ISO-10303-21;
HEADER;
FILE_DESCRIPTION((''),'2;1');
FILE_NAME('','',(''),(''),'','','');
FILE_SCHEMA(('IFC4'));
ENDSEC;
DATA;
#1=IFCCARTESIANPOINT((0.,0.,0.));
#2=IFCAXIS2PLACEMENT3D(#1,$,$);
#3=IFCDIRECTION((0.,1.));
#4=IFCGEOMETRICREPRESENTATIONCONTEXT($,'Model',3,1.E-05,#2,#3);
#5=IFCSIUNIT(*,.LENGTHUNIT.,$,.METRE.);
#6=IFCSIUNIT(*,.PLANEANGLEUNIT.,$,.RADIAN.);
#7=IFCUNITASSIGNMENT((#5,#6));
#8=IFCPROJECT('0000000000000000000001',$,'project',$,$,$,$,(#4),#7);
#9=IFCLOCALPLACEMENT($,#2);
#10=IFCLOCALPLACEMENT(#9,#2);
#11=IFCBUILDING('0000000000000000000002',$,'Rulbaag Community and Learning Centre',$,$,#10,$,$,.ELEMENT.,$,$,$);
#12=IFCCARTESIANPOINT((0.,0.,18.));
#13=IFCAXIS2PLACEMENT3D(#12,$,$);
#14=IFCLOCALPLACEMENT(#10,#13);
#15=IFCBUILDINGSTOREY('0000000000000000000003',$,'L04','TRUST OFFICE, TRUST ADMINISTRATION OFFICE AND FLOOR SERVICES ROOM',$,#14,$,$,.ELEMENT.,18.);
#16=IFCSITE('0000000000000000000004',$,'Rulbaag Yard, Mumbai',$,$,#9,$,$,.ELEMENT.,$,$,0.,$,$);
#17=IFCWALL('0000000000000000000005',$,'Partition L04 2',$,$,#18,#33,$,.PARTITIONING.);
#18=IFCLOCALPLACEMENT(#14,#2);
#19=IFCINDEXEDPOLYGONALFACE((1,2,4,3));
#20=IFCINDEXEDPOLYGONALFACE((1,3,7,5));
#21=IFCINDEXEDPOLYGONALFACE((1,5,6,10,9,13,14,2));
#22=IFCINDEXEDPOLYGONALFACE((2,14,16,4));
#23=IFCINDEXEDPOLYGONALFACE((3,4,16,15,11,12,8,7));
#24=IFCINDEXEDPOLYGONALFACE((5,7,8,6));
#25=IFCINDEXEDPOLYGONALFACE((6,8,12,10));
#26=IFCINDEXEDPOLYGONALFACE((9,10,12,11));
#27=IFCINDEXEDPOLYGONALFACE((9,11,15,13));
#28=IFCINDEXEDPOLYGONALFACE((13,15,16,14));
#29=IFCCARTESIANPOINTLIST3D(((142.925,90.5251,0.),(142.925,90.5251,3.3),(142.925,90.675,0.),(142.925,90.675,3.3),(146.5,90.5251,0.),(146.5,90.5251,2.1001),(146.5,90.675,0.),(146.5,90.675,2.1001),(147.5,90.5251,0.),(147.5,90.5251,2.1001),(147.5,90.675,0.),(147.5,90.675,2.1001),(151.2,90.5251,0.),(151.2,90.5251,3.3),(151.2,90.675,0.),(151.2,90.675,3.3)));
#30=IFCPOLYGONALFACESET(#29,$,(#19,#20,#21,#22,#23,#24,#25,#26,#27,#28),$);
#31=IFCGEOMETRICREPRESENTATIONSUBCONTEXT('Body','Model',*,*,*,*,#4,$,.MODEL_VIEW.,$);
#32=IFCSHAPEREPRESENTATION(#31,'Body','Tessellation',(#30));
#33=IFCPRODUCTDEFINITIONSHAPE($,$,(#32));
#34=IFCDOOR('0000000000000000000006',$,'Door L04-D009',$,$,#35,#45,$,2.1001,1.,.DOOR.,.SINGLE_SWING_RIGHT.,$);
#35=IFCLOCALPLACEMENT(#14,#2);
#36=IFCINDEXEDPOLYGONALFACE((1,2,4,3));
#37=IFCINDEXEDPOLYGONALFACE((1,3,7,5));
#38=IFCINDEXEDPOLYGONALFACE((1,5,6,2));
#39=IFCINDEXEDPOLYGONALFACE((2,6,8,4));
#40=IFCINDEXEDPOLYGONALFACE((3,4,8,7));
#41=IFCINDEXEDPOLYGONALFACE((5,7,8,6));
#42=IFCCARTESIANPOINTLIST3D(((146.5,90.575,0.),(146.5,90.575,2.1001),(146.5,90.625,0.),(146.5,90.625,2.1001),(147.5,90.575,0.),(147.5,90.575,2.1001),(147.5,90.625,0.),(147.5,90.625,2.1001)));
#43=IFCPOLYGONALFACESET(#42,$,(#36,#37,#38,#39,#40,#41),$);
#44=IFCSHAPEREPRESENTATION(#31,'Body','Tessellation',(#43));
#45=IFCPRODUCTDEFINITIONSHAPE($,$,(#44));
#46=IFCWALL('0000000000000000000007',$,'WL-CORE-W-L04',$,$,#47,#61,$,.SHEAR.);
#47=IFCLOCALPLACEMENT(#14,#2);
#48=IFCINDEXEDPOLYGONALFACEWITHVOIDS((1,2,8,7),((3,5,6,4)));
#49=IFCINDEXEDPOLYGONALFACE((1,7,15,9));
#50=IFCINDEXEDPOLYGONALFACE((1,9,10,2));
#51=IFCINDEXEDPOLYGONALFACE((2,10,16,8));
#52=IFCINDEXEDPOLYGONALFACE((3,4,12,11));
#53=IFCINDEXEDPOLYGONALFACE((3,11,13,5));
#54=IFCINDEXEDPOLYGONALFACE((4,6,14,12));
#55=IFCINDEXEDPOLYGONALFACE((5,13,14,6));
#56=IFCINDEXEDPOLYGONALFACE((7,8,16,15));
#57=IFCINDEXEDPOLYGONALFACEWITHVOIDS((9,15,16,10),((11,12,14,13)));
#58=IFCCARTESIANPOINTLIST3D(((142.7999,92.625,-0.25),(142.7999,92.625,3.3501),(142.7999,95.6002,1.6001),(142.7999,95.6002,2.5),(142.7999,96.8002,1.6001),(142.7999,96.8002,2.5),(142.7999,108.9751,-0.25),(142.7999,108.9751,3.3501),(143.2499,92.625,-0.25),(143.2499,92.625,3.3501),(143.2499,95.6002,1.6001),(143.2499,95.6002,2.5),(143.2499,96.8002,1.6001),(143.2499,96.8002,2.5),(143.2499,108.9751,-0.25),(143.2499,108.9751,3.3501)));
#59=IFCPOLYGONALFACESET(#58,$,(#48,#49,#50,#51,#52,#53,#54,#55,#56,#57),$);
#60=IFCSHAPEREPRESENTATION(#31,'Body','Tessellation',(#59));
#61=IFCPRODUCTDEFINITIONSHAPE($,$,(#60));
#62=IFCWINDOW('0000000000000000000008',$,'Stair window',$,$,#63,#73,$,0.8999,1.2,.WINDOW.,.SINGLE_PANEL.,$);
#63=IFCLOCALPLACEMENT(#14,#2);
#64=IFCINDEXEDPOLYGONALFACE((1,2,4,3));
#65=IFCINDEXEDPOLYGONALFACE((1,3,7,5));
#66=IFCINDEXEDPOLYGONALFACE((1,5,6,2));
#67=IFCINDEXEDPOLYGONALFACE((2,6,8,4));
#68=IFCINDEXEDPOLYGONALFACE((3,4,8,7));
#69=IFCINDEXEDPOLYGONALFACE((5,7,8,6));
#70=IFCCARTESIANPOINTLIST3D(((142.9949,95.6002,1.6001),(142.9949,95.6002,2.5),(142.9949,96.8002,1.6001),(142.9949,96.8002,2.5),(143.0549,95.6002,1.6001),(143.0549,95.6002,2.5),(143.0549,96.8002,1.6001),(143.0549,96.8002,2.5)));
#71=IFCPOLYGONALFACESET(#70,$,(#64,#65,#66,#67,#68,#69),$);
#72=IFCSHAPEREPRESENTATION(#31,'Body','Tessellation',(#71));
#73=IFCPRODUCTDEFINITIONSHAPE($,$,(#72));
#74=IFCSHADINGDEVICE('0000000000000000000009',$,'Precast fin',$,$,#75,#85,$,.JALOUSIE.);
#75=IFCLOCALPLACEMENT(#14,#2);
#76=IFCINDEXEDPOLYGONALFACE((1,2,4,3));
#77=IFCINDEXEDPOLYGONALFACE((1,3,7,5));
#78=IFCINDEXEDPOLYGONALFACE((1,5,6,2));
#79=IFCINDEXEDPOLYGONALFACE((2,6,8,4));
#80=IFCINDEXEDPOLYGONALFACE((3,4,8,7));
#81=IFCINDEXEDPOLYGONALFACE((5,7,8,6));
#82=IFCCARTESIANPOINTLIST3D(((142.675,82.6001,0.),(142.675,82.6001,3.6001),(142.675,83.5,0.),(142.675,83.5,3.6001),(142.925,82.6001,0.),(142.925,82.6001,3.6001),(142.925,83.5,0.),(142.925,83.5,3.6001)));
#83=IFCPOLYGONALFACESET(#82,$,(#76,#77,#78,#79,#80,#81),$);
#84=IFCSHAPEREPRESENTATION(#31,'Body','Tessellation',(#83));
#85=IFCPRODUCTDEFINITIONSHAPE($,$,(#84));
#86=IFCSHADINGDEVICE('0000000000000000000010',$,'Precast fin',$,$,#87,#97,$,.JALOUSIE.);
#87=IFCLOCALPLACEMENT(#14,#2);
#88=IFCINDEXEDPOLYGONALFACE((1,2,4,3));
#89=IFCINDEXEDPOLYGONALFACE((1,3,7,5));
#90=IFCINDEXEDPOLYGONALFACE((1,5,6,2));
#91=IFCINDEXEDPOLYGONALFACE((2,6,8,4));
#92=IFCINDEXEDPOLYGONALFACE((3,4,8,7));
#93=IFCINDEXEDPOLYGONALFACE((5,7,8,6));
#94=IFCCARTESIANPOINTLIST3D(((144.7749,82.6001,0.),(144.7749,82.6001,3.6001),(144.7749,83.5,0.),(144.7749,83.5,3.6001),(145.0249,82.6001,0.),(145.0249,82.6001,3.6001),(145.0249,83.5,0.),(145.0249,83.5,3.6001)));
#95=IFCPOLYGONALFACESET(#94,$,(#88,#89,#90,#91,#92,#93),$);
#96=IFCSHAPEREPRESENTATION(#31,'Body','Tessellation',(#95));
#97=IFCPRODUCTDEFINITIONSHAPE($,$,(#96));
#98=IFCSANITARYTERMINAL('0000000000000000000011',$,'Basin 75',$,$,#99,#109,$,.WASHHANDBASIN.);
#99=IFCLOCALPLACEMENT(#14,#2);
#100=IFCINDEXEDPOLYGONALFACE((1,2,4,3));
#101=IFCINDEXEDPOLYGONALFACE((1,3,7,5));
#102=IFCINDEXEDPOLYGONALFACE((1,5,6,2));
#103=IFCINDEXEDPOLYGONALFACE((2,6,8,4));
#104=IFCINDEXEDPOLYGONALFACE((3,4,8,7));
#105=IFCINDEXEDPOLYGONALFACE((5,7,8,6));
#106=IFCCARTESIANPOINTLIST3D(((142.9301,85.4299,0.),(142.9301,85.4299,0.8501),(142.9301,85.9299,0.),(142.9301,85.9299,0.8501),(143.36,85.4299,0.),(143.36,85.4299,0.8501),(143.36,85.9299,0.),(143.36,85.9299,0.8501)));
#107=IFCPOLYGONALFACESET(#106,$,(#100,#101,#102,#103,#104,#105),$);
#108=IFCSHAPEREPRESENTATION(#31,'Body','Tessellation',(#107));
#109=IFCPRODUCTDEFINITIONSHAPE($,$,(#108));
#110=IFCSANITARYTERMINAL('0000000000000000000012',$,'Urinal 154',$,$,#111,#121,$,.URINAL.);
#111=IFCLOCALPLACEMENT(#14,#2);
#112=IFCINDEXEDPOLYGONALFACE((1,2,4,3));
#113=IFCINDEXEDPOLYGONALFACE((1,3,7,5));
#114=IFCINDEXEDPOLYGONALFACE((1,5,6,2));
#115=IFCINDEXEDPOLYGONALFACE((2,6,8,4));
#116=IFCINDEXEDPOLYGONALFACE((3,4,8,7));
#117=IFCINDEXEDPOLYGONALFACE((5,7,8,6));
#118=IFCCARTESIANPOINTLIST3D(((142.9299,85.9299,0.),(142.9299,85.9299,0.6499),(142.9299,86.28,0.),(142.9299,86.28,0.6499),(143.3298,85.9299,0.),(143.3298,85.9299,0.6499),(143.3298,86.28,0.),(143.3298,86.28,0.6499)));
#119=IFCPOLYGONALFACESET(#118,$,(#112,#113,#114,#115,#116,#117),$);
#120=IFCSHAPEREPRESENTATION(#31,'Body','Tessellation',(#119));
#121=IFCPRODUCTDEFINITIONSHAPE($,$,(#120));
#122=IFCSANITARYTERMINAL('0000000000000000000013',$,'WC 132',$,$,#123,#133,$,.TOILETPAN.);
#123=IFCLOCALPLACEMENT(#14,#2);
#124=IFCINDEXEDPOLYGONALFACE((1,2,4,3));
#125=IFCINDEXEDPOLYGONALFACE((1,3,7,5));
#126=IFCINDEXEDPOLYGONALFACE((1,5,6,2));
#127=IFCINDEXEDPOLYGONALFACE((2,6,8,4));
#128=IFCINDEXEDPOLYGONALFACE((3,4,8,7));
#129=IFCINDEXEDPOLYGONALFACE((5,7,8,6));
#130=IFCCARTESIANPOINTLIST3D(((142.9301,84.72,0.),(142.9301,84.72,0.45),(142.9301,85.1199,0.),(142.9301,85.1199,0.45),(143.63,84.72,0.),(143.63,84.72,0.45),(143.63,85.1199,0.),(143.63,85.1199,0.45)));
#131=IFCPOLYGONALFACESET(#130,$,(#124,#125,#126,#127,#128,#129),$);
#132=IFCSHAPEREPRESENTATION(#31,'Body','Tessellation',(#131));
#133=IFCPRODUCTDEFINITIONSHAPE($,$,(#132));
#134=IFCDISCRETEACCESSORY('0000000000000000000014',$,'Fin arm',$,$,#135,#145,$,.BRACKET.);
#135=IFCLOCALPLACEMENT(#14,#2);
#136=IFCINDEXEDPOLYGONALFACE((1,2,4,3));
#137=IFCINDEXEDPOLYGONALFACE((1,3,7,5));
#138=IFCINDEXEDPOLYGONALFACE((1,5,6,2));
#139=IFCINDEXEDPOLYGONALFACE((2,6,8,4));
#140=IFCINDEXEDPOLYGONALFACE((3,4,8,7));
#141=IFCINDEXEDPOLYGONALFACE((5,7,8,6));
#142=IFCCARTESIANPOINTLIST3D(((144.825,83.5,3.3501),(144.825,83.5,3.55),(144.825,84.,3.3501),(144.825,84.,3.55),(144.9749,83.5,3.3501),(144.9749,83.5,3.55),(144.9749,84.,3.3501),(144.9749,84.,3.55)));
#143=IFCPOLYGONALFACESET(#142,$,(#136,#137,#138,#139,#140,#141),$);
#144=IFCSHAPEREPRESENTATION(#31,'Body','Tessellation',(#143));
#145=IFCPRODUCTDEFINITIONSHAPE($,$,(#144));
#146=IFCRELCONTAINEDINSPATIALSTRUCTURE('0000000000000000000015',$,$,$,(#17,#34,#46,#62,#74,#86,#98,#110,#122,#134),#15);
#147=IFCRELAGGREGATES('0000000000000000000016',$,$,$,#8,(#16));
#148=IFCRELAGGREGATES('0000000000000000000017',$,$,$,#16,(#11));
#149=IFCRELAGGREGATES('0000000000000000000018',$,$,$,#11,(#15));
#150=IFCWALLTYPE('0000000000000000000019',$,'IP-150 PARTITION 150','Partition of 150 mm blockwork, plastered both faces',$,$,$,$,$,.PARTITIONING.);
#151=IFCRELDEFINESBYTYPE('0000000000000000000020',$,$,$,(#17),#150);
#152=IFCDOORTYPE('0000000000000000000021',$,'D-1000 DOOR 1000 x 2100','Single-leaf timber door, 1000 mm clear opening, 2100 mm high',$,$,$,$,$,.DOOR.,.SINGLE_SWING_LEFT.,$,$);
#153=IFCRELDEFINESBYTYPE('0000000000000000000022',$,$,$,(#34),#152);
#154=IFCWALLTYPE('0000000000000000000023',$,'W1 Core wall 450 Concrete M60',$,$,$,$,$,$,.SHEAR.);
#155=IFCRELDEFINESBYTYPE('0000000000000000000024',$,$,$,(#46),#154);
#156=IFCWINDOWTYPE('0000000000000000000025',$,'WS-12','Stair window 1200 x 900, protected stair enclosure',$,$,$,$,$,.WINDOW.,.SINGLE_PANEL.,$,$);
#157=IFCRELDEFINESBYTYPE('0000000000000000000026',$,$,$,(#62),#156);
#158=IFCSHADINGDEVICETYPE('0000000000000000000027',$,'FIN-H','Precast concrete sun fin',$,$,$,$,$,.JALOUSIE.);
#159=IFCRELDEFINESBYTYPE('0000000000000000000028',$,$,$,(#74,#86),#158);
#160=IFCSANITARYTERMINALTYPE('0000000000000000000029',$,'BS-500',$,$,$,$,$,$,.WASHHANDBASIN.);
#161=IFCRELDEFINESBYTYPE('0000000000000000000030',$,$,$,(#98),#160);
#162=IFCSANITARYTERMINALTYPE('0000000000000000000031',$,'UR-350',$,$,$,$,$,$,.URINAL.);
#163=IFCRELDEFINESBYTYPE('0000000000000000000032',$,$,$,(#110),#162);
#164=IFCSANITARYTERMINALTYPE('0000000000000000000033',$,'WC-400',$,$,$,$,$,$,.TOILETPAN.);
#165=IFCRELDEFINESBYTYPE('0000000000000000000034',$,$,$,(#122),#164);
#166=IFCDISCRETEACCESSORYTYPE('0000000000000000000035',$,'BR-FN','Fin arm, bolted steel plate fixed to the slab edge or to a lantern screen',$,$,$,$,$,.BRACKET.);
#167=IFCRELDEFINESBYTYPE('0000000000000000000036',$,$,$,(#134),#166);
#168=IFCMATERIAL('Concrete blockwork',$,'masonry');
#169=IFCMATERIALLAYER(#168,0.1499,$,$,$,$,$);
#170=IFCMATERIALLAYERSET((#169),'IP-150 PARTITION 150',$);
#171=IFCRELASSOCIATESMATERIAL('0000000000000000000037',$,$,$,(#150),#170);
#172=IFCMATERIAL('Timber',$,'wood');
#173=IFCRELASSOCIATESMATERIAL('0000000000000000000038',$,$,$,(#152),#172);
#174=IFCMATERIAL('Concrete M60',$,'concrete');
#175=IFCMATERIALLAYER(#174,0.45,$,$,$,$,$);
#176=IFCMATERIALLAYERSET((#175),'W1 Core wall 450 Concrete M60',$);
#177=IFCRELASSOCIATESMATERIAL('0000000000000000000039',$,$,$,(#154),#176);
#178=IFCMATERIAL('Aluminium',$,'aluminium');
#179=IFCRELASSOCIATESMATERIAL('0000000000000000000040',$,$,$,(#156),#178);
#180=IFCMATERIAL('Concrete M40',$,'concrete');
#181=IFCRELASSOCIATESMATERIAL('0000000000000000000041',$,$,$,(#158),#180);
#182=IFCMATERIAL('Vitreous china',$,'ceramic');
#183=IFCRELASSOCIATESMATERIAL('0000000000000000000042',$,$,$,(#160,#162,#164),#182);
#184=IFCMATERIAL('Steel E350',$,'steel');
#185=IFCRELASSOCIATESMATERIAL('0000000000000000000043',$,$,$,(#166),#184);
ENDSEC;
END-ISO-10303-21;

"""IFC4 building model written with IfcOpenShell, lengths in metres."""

from ifc_helpers import new_model, si_unit, direction, frame, frame_2d, origin, origin_2d, place, context, subcontext, project, spatial, rectangle, extrude, material, layer, layer_set, material_profile, profile_set, type_object, element, fill, save


model = new_model("IFC4")

# Units and contexts
model_context = context("Model", 3, precision=1e-05, world=origin(), true_north=direction((0.0, 1.0)))
body_context = subcontext(model_context, "Body", "Model", "MODEL_VIEW")
ifc_project = project(units=[si_unit("LENGTHUNIT", "METRE"), si_unit("PLANEANGLEUNIT", "RADIAN")], contexts=[model_context])

# Site, building, storey
site_placement = place(None, origin())
site = spatial("IfcSite", under=ifc_project, at=site_placement, Name="Rulbaag Yard, Mumbai", CompositionType="ELEMENT", RefElevation=0.0)
building_placement = place(site_placement, origin())
building = spatial("IfcBuilding", under=site, at=building_placement, Name="Rulbaag Community and Learning Centre", CompositionType="ELEMENT")
storey_placement = place(building_placement, frame((0.0, 0.0, 18.0)))
storey = spatial("IfcBuildingStorey", under=building, at=storey_placement, Name="L04", Description="TRUST OFFICE, TRUST ADMINISTRATION OFFICE AND FLOOR SERVICES ROOM", CompositionType="ELEMENT", Elevation=18.0)

# Shared definitions
ifc_material_1 = material(Name="Concrete M40", Category="concrete")

# Shared definitions
ifc_material_2 = material(Name="Concrete blockwork", Category="masonry")
ifc_layer_1 = layer(ifc_material_2, 0.1499)
ifc_layer_set_1 = layer_set([ifc_layer_1], Name="IP-150 PARTITION 150")
wall_type_1 = type_object("IfcWallType", Name="IP-150 PARTITION 150", Description="Partition of 150 mm blockwork, plastered both faces", PredefinedType="PARTITIONING", material=ifc_layer_set_1)
ifc_material_3 = material(Name="Timber", Category="wood")

# Wall, opening, door
wall_1_placement = place(storey_placement, frame((142.925, 90.6001, 0.0), z_axis=(0.0, 0.0, 1.0), x_axis=(1.0, 0.0, 0.0)))
wall_1 = element("IfcWall", 1, at=wall_1_placement, inside=storey, type_object=wall_type_1, Name="Partition L04 2", PredefinedType="PARTITIONING", context=body_context, shape_type="SweptSolid", body=[
    extrude(rectangle(XDim=8.2749, YDim=0.1499, at=frame_2d((4.1375, 0.0))), origin(), (0.0, 0.0, 1.0), 3.3),
])
opening_1_placement = place(wall_1_placement, frame((3.575, 0.0, 0.0)))
opening_1 = element("IfcOpeningElement", 2, at=opening_1_placement, cuts=wall_1, PredefinedType="OPENING", context=body_context, shape_type="SweptSolid", body=[
    extrude(rectangle(XDim=1.0, YDim=2.1001, at=frame_2d((0.5, 1.05))), frame((0.0, 0.085, 0.0), z_axis=(0.0, -1.0, 0.0), x_axis=(1.0, 0.0, 0.0)), (0.0, 0.0, 1.0), 0.1699),
])
door_type_1 = type_object("IfcDoorType", Name="D-1000 DOOR 1000 x 2100", Description="Single-leaf timber door, 1000 mm clear opening, 2100 mm high", OperationType="SINGLE_SWING_LEFT", PredefinedType="DOOR", material=ifc_material_3)
door_1_placement = place(opening_1_placement, origin())
door_1 = element("IfcDoor", 3, at=door_1_placement, inside=storey, type_object=door_type_1, Name="Door L04-D009", OperationType="SINGLE_SWING_RIGHT", OverallHeight=2.1001, OverallWidth=1.0, PredefinedType="DOOR", context=body_context, shape_type="SweptSolid", body=[
    extrude(rectangle(XDim=1.0, YDim=2.1001, at=frame_2d((0.5, 1.05))), frame((0.0, 0.0249, 0.0), z_axis=(0.0, -1.0, 0.0), x_axis=(1.0, 0.0, 0.0)), (0.0, 0.0, 1.0), 0.05),
])
fill(opening_1, door_1)

# Wall, opening, window
ifc_material_4 = material(Name="Concrete M60", Category="concrete")
ifc_layer_2 = layer(ifc_material_4, 0.45)
ifc_layer_set_2 = layer_set([ifc_layer_2], Name="W1 Core wall 450 Concrete M60")
wall_type_2 = type_object("IfcWallType", Name="W1 Core wall 450 Concrete M60", PredefinedType="SHEAR", material=ifc_layer_set_2)
wall_2_placement = place(storey_placement, frame((143.0249, 92.625, -0.25), z_axis=(0.0, 0.0, 1.0), x_axis=(0.0, 1.0, 0.0)))
wall_2 = element("IfcWall", 4, at=wall_2_placement, inside=storey, type_object=wall_type_2, Name="WL-CORE-W-L04", PredefinedType="SHEAR", context=body_context, shape_type="SweptSolid", body=[
    extrude(rectangle(XDim=16.3501, YDim=0.45, at=frame_2d((8.175, 0.0))), origin(), (0.0, 0.0, 1.0), 3.6001),
])
opening_2_placement = place(wall_2_placement, frame((2.9751, 0.0, 1.8501)))
opening_2 = element("IfcOpeningElement", 5, at=opening_2_placement, cuts=wall_2, PredefinedType="OPENING", context=body_context, shape_type="SweptSolid", body=[
    extrude(rectangle(XDim=1.2, YDim=0.8999, at=frame_2d((0.6001, 0.45))), frame((0.0, 0.2349, 0.0), z_axis=(0.0, -1.0, 0.0), x_axis=(1.0, 0.0, 0.0)), (0.0, 0.0, 1.0), 0.47),
])
ifc_material_5 = material(Name="Aluminium", Category="aluminium")
window_type = type_object("IfcWindowType", Name="WS-12", Description="Stair window 1200 x 900, protected stair enclosure", PartitioningType="SINGLE_PANEL", PredefinedType="WINDOW", material=ifc_material_5)
window_placement = place(opening_2_placement, origin())
window = element("IfcWindow", 6, at=window_placement, inside=storey, type_object=window_type, Name="Stair window", OverallHeight=0.8999, OverallWidth=1.2, PartitioningType="SINGLE_PANEL", PredefinedType="WINDOW", context=body_context, shape_type="SweptSolid", body=[
    extrude(rectangle(XDim=1.2, YDim=0.8999, at=frame_2d((0.6001, 0.45))), frame((0.0, 0.03, 0.0), z_axis=(0.0, -1.0, 0.0), x_axis=(1.0, 0.0, 0.0)), (0.0, 0.0, 1.0), 0.0601),
])
fill(opening_2, window)

# Shading devices
ifc_material_profile_1 = material_profile(ifc_material_1, rectangle(XDim=0.25, YDim=0.8999, at=origin_2d()), Name="PC 250x900")
ifc_profile_set_1 = profile_set([ifc_material_profile_1], Name="Concrete M40")
shading_device_type = type_object("IfcShadingDeviceType", Name="FIN-H", Description="Precast concrete sun fin", PredefinedType="JALOUSIE", material=ifc_profile_set_1)
for number, where, z_axis, x_axis, name in (
    (7, (142.8, 83.05, 0.0), (0.0, 0.0, 1.0), (1.0, 0.0, 0.0), "Precast fin"),
    (8, (144.8999, 83.05, 0.0), (0.0, 0.0, 1.0), (1.0, 0.0, 0.0), "Precast fin"),
):
    element("IfcShadingDevice", number, at=place(storey_placement, frame(where, z_axis=z_axis, x_axis=x_axis)), inside=storey, type_object=shading_device_type, Name=name, PredefinedType="JALOUSIE", context=body_context, shape_type="SweptSolid", body=[
        extrude(rectangle(XDim=0.25, YDim=0.8999, at=origin_2d()), origin(), (0.0, 0.0, 1.0), 3.6001),
    ])

# Sanitary terminals
ifc_material_6 = material(Name="Vitreous china", Category="ceramic")
sanitary_terminal_type_1 = type_object("IfcSanitaryTerminalType", Name="BS-500", PredefinedType="WASHHANDBASIN", material=ifc_material_6)
sanitary_terminal_1_placement = place(storey_placement, frame((143.145, 85.6799, 0.0), z_axis=(0.0, 0.0, 1.0), x_axis=(1.0, 0.0, 0.0)))
element("IfcSanitaryTerminal", 9, at=sanitary_terminal_1_placement, inside=storey, type_object=sanitary_terminal_type_1, Name="Basin 75", PredefinedType="WASHHANDBASIN", context=body_context, shape_type="SweptSolid", body=[
    extrude(rectangle(XDim=0.4299, YDim=0.5, at=origin_2d()), origin(), (0.0, 0.0, 1.0), 0.8501),
])
sanitary_terminal_type_2 = type_object("IfcSanitaryTerminalType", Name="UR-350", PredefinedType="URINAL", material=ifc_material_6)
sanitary_terminal_2_placement = place(storey_placement, frame((143.1299, 86.105, 0.0), z_axis=(0.0, 0.0, 1.0), x_axis=(1.0, 0.0, 0.0)))
element("IfcSanitaryTerminal", 10, at=sanitary_terminal_2_placement, inside=storey, type_object=sanitary_terminal_type_2, Name="Urinal 154", PredefinedType="URINAL", context=body_context, shape_type="SweptSolid", body=[
    extrude(rectangle(XDim=0.3999, YDim=0.3501, at=origin_2d()), origin(), (0.0, 0.0, 1.0), 0.6499),
])
sanitary_terminal_type_3 = type_object("IfcSanitaryTerminalType", Name="WC-400", PredefinedType="TOILETPAN", material=ifc_material_6)
sanitary_terminal_3_placement = place(storey_placement, frame((143.28, 84.9199, 0.0), z_axis=(0.0, 0.0, 1.0), x_axis=(1.0, 0.0, 0.0)))
element("IfcSanitaryTerminal", 11, at=sanitary_terminal_3_placement, inside=storey, type_object=sanitary_terminal_type_3, Name="WC 132", PredefinedType="TOILETPAN", context=body_context, shape_type="SweptSolid", body=[
    extrude(rectangle(XDim=0.7, YDim=0.3999, at=origin_2d()), origin(), (0.0, 0.0, 1.0), 0.45),
])

# Discrete accessory
ifc_material_7 = material(Name="Steel E350", Category="steel")
discrete_accessory_type = type_object("IfcDiscreteAccessoryType", Name="BR-FN", Description="Fin arm, bolted steel plate fixed to the slab edge or to a lantern screen", PredefinedType="BRACKET", material=ifc_material_7)
discrete_accessory_placement = place(storey_placement, frame((144.8999, 83.75, 3.3501), z_axis=(0.0, 0.0, 1.0), x_axis=(1.0, 0.0, 0.0)))
element("IfcDiscreteAccessory", 12, at=discrete_accessory_placement, inside=storey, type_object=discrete_accessory_type, Name="Fin arm", PredefinedType="BRACKET", context=body_context, shape_type="SweptSolid", body=[
    extrude(rectangle(XDim=0.1499, YDim=0.5, at=origin_2d()), origin(), (0.0, 0.0, 1.0), 0.2),
])

save(model, "model.ifc")
